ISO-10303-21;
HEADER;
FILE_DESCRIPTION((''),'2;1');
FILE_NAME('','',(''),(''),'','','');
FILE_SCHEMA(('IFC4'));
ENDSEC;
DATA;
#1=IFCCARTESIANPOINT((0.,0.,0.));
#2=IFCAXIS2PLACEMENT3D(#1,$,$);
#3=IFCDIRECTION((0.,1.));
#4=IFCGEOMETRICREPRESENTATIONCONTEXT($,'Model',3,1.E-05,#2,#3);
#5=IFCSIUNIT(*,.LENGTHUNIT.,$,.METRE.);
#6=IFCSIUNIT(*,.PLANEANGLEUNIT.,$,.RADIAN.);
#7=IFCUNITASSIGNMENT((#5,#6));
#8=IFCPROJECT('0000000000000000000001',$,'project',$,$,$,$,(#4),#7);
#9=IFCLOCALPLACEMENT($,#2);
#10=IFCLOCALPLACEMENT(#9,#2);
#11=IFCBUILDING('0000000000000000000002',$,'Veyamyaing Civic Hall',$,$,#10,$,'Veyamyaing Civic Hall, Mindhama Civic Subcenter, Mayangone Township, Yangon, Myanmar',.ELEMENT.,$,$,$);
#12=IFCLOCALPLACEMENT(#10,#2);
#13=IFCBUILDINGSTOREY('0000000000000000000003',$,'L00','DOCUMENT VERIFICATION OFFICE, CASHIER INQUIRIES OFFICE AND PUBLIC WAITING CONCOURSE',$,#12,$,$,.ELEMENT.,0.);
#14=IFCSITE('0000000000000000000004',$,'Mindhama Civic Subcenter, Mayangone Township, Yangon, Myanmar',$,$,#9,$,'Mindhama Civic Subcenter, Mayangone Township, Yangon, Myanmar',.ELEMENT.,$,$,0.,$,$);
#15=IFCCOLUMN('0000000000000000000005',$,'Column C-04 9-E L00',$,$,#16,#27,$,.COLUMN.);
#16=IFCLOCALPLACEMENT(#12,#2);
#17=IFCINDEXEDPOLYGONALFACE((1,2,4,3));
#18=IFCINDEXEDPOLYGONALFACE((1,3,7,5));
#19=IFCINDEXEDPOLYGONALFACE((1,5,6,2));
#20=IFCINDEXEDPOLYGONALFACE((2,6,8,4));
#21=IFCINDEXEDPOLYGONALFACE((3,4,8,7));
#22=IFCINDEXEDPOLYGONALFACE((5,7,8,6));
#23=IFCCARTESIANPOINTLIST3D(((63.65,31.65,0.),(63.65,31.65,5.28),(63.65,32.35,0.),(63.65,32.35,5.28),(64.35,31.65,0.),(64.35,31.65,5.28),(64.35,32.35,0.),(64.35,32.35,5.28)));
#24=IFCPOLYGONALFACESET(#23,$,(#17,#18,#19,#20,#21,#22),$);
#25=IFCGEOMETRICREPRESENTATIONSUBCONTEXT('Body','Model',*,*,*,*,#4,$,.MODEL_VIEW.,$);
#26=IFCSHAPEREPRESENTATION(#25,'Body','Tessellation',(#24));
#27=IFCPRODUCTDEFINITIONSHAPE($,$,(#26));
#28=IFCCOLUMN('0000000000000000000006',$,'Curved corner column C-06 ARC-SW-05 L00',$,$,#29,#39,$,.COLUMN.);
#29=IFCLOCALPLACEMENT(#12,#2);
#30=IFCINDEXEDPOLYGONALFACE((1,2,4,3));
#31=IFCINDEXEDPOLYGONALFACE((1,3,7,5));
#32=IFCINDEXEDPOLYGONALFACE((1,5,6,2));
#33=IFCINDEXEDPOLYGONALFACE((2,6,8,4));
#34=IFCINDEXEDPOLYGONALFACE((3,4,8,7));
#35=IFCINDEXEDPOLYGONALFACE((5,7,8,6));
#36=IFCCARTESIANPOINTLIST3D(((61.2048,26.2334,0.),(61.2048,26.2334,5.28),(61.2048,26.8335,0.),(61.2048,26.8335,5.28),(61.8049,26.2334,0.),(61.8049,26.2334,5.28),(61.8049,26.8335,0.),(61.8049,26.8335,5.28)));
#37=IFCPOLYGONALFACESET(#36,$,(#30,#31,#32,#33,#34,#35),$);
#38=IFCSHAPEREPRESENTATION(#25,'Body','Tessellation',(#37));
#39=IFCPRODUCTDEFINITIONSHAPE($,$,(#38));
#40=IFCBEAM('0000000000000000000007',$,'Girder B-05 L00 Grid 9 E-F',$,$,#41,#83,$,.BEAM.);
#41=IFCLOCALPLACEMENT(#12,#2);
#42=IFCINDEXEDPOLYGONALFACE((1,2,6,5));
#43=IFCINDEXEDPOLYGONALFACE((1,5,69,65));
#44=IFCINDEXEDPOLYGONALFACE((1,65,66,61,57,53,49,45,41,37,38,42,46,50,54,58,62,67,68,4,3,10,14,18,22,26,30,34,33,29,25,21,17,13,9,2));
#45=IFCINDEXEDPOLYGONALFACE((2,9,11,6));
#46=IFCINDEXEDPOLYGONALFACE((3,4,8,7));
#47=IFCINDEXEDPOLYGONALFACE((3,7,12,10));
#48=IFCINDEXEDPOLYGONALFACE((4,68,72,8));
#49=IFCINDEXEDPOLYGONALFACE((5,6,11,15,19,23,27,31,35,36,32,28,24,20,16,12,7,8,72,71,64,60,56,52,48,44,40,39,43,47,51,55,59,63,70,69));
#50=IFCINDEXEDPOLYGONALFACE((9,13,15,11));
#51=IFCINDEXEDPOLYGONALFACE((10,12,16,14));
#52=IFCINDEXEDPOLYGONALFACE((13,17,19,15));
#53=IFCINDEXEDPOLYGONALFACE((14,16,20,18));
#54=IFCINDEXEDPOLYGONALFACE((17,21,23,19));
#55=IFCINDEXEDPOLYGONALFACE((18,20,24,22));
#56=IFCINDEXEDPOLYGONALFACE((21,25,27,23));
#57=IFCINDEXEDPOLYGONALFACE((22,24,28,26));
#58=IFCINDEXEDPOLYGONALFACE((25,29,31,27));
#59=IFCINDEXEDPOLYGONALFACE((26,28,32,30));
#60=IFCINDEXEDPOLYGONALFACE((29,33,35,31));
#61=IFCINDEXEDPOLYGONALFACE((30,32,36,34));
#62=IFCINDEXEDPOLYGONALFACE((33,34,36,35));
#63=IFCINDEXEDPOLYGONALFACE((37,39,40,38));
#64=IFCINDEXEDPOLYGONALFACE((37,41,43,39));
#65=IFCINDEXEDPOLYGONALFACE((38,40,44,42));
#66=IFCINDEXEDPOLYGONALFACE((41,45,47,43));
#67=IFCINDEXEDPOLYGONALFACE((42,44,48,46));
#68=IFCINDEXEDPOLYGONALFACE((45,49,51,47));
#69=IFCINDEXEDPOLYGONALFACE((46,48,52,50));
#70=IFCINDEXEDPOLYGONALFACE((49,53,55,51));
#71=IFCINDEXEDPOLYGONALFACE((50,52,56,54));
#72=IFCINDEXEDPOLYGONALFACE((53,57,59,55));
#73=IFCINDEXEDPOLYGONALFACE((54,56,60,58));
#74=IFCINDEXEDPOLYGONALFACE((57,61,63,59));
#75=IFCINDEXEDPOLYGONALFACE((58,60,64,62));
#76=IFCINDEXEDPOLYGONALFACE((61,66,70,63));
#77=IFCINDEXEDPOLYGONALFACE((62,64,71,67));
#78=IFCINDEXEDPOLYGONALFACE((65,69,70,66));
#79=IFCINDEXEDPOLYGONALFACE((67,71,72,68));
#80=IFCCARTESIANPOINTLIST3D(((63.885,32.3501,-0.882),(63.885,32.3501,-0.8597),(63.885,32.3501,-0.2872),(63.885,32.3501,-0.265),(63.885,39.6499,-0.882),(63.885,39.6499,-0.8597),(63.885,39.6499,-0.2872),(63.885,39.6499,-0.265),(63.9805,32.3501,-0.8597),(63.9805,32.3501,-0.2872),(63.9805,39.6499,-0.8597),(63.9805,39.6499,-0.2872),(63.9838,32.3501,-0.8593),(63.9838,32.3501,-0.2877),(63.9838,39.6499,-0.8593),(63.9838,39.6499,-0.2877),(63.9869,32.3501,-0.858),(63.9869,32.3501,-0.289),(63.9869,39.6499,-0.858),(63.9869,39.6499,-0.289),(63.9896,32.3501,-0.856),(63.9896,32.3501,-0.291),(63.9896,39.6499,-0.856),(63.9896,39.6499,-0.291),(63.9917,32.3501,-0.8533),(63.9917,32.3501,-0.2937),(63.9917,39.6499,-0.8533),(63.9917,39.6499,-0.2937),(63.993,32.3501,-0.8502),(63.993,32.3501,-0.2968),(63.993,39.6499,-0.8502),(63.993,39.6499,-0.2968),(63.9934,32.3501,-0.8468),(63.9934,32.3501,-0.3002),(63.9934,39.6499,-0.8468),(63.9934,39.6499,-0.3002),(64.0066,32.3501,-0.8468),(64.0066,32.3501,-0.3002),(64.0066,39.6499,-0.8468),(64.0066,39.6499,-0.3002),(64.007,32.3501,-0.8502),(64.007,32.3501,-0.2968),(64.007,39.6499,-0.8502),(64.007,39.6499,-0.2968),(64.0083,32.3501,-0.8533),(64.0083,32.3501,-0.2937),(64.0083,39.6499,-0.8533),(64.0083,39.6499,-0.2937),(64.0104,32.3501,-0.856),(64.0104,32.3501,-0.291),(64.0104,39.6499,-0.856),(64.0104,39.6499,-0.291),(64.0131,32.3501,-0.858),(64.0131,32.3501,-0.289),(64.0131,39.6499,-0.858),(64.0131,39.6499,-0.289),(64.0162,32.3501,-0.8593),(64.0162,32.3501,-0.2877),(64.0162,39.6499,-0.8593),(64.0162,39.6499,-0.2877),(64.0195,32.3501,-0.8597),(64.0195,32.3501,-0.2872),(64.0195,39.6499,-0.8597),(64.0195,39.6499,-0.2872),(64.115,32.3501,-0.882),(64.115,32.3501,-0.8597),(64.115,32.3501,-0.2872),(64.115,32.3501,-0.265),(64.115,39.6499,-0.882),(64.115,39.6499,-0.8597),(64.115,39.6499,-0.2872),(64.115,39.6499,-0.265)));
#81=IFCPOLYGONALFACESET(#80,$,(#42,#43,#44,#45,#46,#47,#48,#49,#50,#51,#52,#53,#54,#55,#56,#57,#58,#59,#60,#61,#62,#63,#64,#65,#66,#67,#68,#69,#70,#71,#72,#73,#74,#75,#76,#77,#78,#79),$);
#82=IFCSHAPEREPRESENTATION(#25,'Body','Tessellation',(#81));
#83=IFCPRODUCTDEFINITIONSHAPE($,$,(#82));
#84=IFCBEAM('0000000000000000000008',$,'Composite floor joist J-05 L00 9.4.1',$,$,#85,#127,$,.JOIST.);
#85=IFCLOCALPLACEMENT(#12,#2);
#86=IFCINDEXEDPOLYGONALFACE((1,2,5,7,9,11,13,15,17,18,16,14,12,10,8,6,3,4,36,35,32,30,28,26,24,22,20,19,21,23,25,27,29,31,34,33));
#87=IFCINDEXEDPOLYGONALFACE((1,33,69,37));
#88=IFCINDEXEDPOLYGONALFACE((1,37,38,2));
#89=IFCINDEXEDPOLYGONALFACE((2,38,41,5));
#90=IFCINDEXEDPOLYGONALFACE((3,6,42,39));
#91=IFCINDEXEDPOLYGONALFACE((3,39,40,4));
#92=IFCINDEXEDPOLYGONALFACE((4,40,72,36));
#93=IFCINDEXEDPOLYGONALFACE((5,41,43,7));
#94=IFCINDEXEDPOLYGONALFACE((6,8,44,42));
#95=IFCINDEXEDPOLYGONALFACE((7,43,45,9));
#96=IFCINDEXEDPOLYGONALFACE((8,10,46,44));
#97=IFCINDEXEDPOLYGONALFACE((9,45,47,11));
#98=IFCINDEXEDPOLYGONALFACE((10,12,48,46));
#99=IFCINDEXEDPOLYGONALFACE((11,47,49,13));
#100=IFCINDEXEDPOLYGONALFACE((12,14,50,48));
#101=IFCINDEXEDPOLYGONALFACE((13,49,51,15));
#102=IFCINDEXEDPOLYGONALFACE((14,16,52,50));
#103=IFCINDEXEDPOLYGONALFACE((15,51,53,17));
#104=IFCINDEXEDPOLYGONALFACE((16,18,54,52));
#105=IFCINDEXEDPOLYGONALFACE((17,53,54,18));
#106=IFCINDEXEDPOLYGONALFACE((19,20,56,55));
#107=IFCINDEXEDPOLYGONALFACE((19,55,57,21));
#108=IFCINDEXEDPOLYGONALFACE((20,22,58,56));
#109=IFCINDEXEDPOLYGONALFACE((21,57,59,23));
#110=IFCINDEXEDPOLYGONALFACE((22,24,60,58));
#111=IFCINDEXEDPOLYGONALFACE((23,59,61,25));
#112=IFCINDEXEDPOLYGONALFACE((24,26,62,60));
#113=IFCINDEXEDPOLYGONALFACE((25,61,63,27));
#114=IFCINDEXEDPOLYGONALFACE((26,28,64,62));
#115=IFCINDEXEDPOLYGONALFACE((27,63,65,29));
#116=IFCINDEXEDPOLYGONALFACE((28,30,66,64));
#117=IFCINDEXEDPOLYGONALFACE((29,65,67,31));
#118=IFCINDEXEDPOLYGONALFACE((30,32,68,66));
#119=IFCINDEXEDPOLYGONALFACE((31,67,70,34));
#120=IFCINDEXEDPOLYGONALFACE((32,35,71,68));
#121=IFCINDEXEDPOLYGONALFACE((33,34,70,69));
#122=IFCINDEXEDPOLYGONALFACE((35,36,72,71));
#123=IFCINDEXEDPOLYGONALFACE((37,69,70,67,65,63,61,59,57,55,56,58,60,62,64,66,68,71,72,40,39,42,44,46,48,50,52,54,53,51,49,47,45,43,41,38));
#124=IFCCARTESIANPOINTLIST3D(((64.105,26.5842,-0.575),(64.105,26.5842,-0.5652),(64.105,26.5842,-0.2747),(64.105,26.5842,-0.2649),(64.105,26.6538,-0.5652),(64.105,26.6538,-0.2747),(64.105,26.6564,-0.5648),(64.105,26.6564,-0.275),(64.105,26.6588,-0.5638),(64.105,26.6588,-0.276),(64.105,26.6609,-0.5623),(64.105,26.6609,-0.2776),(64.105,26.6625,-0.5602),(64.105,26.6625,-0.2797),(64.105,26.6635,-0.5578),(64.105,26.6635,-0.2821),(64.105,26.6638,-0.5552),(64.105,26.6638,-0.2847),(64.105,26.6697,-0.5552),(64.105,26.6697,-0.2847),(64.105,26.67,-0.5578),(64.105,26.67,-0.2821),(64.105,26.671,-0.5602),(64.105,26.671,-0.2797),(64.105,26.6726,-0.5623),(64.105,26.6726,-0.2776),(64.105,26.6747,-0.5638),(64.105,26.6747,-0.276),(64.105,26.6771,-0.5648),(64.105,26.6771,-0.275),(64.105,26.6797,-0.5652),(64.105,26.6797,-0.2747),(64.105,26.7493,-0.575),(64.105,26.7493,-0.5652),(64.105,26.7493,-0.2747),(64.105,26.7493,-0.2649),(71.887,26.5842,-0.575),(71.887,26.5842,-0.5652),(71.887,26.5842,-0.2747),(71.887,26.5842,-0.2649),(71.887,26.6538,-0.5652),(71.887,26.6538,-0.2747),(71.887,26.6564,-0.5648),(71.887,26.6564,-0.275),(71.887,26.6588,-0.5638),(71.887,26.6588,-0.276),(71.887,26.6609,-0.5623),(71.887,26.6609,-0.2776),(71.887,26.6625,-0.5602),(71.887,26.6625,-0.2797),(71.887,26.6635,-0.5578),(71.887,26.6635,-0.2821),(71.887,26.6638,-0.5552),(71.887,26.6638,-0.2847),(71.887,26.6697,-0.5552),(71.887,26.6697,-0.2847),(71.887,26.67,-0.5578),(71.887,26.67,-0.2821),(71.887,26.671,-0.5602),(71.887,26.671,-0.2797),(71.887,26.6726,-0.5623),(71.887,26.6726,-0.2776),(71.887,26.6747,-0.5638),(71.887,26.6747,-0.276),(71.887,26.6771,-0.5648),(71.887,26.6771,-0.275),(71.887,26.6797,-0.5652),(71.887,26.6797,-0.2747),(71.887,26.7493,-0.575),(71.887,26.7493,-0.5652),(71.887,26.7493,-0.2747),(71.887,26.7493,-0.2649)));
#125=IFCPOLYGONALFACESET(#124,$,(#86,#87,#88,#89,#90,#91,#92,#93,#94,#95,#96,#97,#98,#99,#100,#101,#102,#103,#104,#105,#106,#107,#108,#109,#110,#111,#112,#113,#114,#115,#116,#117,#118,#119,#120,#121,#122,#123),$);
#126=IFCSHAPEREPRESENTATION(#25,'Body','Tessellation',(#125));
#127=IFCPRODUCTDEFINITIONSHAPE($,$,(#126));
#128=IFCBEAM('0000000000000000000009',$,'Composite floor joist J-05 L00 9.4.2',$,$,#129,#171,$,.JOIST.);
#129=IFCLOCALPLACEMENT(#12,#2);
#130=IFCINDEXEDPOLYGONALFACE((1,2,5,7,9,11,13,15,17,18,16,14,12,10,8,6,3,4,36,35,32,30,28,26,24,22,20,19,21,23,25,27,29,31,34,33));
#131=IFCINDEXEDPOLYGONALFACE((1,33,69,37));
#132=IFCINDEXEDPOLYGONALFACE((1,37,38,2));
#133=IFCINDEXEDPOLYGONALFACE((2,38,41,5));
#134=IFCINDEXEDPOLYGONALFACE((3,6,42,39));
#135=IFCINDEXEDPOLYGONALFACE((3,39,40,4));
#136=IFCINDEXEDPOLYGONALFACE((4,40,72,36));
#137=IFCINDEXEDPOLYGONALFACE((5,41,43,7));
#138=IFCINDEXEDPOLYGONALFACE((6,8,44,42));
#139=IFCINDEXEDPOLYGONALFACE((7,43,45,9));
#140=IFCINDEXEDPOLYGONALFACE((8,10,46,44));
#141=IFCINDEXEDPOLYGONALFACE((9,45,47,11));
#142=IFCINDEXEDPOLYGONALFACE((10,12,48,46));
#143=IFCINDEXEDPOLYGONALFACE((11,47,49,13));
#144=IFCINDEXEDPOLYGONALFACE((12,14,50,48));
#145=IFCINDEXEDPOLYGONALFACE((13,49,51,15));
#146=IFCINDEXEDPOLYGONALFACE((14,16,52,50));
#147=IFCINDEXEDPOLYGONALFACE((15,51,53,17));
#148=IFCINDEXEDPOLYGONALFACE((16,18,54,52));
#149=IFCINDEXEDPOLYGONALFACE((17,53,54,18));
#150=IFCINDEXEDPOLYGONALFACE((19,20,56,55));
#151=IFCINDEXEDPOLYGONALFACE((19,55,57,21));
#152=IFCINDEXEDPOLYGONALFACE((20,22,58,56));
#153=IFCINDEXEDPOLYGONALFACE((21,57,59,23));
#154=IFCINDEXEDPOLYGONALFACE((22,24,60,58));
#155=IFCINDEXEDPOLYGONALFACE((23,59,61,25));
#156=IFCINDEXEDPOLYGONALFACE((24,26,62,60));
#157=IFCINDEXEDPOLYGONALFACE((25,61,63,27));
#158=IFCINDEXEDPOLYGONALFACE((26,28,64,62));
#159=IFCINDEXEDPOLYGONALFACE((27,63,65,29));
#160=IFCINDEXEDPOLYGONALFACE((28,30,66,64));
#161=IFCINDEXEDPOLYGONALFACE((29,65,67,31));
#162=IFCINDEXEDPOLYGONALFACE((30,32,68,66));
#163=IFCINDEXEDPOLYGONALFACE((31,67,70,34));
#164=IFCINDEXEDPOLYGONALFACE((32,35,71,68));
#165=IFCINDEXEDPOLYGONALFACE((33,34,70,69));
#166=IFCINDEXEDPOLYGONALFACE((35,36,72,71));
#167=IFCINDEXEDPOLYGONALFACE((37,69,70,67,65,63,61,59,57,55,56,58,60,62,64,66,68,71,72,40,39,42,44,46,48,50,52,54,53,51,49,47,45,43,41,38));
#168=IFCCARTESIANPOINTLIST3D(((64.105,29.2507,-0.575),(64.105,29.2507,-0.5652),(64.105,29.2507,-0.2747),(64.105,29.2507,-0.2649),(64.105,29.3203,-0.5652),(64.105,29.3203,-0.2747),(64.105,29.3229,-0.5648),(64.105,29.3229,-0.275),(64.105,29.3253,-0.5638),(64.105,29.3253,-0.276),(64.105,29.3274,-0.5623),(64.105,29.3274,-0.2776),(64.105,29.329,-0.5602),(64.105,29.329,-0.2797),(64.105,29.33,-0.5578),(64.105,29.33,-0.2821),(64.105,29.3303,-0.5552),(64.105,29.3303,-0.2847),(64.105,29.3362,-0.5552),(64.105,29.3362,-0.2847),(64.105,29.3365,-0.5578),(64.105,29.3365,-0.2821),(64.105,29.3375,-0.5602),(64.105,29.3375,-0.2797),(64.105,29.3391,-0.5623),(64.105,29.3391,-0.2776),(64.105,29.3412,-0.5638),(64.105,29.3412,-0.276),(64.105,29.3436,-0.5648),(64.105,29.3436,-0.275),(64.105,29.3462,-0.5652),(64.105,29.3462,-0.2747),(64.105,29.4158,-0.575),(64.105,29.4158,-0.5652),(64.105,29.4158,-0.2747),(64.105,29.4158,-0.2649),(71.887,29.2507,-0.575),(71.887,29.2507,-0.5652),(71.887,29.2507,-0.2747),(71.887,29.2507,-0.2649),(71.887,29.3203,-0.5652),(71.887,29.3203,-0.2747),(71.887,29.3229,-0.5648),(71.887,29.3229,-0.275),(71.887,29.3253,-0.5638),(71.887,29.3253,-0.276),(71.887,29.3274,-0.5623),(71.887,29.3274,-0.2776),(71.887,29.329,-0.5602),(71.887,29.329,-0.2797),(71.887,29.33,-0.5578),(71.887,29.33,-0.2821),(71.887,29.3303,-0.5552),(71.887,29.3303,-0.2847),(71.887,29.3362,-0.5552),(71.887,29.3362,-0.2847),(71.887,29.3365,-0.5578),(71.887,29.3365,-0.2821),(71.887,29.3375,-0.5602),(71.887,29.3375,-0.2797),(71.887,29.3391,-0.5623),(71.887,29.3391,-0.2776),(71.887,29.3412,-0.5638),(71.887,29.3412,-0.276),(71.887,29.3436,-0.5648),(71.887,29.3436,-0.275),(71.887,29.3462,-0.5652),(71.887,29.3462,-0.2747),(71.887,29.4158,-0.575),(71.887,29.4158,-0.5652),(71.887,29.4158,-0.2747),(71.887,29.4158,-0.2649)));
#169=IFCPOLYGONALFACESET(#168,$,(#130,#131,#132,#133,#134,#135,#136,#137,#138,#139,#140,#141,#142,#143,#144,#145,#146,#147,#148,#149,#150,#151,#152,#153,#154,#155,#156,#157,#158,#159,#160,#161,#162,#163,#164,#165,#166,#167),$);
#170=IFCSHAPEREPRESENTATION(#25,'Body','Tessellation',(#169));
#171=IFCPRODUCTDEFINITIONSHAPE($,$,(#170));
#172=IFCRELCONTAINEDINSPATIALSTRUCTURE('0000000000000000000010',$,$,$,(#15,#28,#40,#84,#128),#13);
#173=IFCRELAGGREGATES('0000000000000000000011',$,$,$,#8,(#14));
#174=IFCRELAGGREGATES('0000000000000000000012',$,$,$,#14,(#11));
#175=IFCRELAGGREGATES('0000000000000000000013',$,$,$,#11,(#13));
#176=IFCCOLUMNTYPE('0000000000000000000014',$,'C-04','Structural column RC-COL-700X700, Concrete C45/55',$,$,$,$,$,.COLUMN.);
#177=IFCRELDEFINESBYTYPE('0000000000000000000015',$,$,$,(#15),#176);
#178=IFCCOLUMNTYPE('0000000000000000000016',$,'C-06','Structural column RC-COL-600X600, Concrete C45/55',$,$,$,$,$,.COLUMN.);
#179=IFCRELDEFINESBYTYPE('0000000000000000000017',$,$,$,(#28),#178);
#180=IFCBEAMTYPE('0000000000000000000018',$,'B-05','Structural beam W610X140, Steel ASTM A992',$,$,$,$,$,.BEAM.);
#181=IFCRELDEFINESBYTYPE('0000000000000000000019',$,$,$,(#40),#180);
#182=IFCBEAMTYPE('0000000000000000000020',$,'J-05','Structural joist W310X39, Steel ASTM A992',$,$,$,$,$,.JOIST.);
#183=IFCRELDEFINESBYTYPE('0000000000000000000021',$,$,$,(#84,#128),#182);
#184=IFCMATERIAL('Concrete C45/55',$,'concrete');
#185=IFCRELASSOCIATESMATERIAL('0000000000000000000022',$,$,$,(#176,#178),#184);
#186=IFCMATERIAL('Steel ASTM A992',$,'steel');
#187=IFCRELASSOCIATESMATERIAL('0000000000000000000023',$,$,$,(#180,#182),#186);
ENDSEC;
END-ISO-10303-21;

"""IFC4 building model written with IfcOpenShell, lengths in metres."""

from ifc_helpers import new_model, si_unit, direction, frame, origin, origin_2d, place, context, subcontext, project, spatial, rectangle, i_section, extrude, material, material_profile, profile_set, type_object, element, save


model = new_model("IFC4")

# Units and contexts
model_context = context("Model", 3, precision=1e-05, world=origin(), true_north=direction((0.0, 1.0)))
body_context = subcontext(model_context, "Body", "Model", "MODEL_VIEW")
ifc_project = project(units=[si_unit("LENGTHUNIT", "METRE"), si_unit("PLANEANGLEUNIT", "RADIAN")], contexts=[model_context])

# Site, building, storey
site_placement = place(None, origin())
site = spatial("IfcSite", under=ifc_project, at=site_placement, Name="Mindhama Civic Subcenter, Mayangone Township, Yangon, Myanmar", LongName="Mindhama Civic Subcenter, Mayangone Township, Yangon, Myanmar", CompositionType="ELEMENT", RefElevation=0.0)
building_placement = place(site_placement, origin())
building = spatial("IfcBuilding", under=site, at=building_placement, Name="Veyamyaing Civic Hall", LongName="Veyamyaing Civic Hall, Mindhama Civic Subcenter, Mayangone Township, Yangon, Myanmar", CompositionType="ELEMENT")
storey_placement = place(building_placement, origin())
storey = spatial("IfcBuildingStorey", under=building, at=storey_placement, Name="L00", Description="DOCUMENT VERIFICATION OFFICE, CASHIER INQUIRIES OFFICE AND PUBLIC WAITING CONCOURSE", CompositionType="ELEMENT", Elevation=0.0)

# Columns
ifc_material_1 = material(Name="Concrete C45/55", Category="concrete")
ifc_material_profile_1 = material_profile(ifc_material_1, rectangle(XDim=0.7, YDim=0.7, at=origin_2d()), Name="RC-COL-700X700")
ifc_profile_set_1 = profile_set([ifc_material_profile_1], Name="Concrete C45/55")
column_type_1 = type_object("IfcColumnType", Name="C-04", Description="Structural column RC-COL-700X700, Concrete C45/55", PredefinedType="COLUMN", material=ifc_profile_set_1)
column_1_placement = place(storey_placement, frame((64.0, 32.0, 0.0), z_axis=(0.0, 0.0, 1.0), x_axis=(1.0, 0.0, 0.0)))
element("IfcColumn", 1, at=column_1_placement, inside=storey, type_object=column_type_1, Name="Column C-04 9-E L00", PredefinedType="COLUMN", context=body_context, shape_type="SweptSolid", body=[
    extrude(rectangle(XDim=0.7, YDim=0.7, at=origin_2d()), origin(), (0.0, 0.0, 1.0), 5.28),
])
ifc_material_profile_2 = material_profile(ifc_material_1, rectangle(XDim=0.6001, YDim=0.6001, at=origin_2d()), Name="RC-COL-600X600")
ifc_profile_set_2 = profile_set([ifc_material_profile_2], Name="Concrete C45/55")
column_type_2 = type_object("IfcColumnType", Name="C-06", Description="Structural column RC-COL-600X600, Concrete C45/55", PredefinedType="COLUMN", material=ifc_profile_set_2)
column_2_placement = place(storey_placement, frame((61.5049, 26.5334, 0.0), z_axis=(0.0, 0.0, 1.0), x_axis=(1.0, 0.0, 0.0)))
element("IfcColumn", 2, at=column_2_placement, inside=storey, type_object=column_type_2, Name="Curved corner column C-06 ARC-SW-05 L00", PredefinedType="COLUMN", context=body_context, shape_type="SweptSolid", body=[
    extrude(rectangle(XDim=0.6001, YDim=0.6001, at=origin_2d()), origin(), (0.0, 0.0, 1.0), 5.28),
])

# Beams
ifc_material_2 = material(Name="Steel ASTM A992", Category="steel")
ifc_material_profile_3 = material_profile(ifc_material_2, i_section(OverallWidth=0.23, OverallDepth=0.6169, WebThickness=0.0132, FlangeThickness=0.0222, FilletRadius=0.0129, at=origin_2d()), Name="W610X140")
ifc_profile_set_3 = profile_set([ifc_material_profile_3], Name="Steel ASTM A992")
beam_type_1 = type_object("IfcBeamType", Name="B-05", Description="Structural beam W610X140, Steel ASTM A992", PredefinedType="BEAM", material=ifc_profile_set_3)
beam_placement = place(storey_placement, frame((64.0, 32.3501, -0.5735), z_axis=(0.0, 1.0, 0.0), x_axis=(-1.0, 0.0, 0.0)))
element("IfcBeam", 3, at=beam_placement, inside=storey, type_object=beam_type_1, Name="Girder B-05 L00 Grid 9 E-F", PredefinedType="BEAM", context=body_context, shape_type="SweptSolid", body=[
    extrude(i_section(OverallWidth=0.23, OverallDepth=0.6169, WebThickness=0.0132, FlangeThickness=0.0222, FilletRadius=0.0129, at=origin_2d()), origin(), (0.0, 0.0, 1.0), 7.2998),
])
ifc_material_profile_4 = material_profile(ifc_material_2, i_section(OverallWidth=0.165, OverallDepth=0.3101, WebThickness=0.0059, FlangeThickness=0.0098, FilletRadius=0.01, at=origin_2d()), Name="W310X39")
ifc_profile_set_4 = profile_set([ifc_material_profile_4], Name="Steel ASTM A992")
beam_type_2 = type_object("IfcBeamType", Name="J-05", Description="Structural joist W310X39, Steel ASTM A992", PredefinedType="JOIST", material=ifc_profile_set_4)
for number, where, z_axis, x_axis, name in (
    (4, (64.105, 26.6667, -0.4199), (1.0, 0.0, 0.0), (0.0, 1.0, 0.0), "Composite floor joist J-05 L00 9.4.1"),
    (5, (64.105, 29.3333, -0.4199), (1.0, 0.0, 0.0), (0.0, 1.0, 0.0), "Composite floor joist J-05 L00 9.4.2"),
):
    element("IfcBeam", number, at=place(storey_placement, frame(where, z_axis=z_axis, x_axis=x_axis)), inside=storey, type_object=beam_type_2, Name=name, PredefinedType="JOIST", context=body_context, shape_type="SweptSolid", body=[
        extrude(i_section(OverallWidth=0.165, OverallDepth=0.3101, WebThickness=0.0059, FlangeThickness=0.0098, FilletRadius=0.01, at=origin_2d()), origin(), (0.0, 0.0, 1.0), 7.782),
    ])

save(model, "model.ifc")
